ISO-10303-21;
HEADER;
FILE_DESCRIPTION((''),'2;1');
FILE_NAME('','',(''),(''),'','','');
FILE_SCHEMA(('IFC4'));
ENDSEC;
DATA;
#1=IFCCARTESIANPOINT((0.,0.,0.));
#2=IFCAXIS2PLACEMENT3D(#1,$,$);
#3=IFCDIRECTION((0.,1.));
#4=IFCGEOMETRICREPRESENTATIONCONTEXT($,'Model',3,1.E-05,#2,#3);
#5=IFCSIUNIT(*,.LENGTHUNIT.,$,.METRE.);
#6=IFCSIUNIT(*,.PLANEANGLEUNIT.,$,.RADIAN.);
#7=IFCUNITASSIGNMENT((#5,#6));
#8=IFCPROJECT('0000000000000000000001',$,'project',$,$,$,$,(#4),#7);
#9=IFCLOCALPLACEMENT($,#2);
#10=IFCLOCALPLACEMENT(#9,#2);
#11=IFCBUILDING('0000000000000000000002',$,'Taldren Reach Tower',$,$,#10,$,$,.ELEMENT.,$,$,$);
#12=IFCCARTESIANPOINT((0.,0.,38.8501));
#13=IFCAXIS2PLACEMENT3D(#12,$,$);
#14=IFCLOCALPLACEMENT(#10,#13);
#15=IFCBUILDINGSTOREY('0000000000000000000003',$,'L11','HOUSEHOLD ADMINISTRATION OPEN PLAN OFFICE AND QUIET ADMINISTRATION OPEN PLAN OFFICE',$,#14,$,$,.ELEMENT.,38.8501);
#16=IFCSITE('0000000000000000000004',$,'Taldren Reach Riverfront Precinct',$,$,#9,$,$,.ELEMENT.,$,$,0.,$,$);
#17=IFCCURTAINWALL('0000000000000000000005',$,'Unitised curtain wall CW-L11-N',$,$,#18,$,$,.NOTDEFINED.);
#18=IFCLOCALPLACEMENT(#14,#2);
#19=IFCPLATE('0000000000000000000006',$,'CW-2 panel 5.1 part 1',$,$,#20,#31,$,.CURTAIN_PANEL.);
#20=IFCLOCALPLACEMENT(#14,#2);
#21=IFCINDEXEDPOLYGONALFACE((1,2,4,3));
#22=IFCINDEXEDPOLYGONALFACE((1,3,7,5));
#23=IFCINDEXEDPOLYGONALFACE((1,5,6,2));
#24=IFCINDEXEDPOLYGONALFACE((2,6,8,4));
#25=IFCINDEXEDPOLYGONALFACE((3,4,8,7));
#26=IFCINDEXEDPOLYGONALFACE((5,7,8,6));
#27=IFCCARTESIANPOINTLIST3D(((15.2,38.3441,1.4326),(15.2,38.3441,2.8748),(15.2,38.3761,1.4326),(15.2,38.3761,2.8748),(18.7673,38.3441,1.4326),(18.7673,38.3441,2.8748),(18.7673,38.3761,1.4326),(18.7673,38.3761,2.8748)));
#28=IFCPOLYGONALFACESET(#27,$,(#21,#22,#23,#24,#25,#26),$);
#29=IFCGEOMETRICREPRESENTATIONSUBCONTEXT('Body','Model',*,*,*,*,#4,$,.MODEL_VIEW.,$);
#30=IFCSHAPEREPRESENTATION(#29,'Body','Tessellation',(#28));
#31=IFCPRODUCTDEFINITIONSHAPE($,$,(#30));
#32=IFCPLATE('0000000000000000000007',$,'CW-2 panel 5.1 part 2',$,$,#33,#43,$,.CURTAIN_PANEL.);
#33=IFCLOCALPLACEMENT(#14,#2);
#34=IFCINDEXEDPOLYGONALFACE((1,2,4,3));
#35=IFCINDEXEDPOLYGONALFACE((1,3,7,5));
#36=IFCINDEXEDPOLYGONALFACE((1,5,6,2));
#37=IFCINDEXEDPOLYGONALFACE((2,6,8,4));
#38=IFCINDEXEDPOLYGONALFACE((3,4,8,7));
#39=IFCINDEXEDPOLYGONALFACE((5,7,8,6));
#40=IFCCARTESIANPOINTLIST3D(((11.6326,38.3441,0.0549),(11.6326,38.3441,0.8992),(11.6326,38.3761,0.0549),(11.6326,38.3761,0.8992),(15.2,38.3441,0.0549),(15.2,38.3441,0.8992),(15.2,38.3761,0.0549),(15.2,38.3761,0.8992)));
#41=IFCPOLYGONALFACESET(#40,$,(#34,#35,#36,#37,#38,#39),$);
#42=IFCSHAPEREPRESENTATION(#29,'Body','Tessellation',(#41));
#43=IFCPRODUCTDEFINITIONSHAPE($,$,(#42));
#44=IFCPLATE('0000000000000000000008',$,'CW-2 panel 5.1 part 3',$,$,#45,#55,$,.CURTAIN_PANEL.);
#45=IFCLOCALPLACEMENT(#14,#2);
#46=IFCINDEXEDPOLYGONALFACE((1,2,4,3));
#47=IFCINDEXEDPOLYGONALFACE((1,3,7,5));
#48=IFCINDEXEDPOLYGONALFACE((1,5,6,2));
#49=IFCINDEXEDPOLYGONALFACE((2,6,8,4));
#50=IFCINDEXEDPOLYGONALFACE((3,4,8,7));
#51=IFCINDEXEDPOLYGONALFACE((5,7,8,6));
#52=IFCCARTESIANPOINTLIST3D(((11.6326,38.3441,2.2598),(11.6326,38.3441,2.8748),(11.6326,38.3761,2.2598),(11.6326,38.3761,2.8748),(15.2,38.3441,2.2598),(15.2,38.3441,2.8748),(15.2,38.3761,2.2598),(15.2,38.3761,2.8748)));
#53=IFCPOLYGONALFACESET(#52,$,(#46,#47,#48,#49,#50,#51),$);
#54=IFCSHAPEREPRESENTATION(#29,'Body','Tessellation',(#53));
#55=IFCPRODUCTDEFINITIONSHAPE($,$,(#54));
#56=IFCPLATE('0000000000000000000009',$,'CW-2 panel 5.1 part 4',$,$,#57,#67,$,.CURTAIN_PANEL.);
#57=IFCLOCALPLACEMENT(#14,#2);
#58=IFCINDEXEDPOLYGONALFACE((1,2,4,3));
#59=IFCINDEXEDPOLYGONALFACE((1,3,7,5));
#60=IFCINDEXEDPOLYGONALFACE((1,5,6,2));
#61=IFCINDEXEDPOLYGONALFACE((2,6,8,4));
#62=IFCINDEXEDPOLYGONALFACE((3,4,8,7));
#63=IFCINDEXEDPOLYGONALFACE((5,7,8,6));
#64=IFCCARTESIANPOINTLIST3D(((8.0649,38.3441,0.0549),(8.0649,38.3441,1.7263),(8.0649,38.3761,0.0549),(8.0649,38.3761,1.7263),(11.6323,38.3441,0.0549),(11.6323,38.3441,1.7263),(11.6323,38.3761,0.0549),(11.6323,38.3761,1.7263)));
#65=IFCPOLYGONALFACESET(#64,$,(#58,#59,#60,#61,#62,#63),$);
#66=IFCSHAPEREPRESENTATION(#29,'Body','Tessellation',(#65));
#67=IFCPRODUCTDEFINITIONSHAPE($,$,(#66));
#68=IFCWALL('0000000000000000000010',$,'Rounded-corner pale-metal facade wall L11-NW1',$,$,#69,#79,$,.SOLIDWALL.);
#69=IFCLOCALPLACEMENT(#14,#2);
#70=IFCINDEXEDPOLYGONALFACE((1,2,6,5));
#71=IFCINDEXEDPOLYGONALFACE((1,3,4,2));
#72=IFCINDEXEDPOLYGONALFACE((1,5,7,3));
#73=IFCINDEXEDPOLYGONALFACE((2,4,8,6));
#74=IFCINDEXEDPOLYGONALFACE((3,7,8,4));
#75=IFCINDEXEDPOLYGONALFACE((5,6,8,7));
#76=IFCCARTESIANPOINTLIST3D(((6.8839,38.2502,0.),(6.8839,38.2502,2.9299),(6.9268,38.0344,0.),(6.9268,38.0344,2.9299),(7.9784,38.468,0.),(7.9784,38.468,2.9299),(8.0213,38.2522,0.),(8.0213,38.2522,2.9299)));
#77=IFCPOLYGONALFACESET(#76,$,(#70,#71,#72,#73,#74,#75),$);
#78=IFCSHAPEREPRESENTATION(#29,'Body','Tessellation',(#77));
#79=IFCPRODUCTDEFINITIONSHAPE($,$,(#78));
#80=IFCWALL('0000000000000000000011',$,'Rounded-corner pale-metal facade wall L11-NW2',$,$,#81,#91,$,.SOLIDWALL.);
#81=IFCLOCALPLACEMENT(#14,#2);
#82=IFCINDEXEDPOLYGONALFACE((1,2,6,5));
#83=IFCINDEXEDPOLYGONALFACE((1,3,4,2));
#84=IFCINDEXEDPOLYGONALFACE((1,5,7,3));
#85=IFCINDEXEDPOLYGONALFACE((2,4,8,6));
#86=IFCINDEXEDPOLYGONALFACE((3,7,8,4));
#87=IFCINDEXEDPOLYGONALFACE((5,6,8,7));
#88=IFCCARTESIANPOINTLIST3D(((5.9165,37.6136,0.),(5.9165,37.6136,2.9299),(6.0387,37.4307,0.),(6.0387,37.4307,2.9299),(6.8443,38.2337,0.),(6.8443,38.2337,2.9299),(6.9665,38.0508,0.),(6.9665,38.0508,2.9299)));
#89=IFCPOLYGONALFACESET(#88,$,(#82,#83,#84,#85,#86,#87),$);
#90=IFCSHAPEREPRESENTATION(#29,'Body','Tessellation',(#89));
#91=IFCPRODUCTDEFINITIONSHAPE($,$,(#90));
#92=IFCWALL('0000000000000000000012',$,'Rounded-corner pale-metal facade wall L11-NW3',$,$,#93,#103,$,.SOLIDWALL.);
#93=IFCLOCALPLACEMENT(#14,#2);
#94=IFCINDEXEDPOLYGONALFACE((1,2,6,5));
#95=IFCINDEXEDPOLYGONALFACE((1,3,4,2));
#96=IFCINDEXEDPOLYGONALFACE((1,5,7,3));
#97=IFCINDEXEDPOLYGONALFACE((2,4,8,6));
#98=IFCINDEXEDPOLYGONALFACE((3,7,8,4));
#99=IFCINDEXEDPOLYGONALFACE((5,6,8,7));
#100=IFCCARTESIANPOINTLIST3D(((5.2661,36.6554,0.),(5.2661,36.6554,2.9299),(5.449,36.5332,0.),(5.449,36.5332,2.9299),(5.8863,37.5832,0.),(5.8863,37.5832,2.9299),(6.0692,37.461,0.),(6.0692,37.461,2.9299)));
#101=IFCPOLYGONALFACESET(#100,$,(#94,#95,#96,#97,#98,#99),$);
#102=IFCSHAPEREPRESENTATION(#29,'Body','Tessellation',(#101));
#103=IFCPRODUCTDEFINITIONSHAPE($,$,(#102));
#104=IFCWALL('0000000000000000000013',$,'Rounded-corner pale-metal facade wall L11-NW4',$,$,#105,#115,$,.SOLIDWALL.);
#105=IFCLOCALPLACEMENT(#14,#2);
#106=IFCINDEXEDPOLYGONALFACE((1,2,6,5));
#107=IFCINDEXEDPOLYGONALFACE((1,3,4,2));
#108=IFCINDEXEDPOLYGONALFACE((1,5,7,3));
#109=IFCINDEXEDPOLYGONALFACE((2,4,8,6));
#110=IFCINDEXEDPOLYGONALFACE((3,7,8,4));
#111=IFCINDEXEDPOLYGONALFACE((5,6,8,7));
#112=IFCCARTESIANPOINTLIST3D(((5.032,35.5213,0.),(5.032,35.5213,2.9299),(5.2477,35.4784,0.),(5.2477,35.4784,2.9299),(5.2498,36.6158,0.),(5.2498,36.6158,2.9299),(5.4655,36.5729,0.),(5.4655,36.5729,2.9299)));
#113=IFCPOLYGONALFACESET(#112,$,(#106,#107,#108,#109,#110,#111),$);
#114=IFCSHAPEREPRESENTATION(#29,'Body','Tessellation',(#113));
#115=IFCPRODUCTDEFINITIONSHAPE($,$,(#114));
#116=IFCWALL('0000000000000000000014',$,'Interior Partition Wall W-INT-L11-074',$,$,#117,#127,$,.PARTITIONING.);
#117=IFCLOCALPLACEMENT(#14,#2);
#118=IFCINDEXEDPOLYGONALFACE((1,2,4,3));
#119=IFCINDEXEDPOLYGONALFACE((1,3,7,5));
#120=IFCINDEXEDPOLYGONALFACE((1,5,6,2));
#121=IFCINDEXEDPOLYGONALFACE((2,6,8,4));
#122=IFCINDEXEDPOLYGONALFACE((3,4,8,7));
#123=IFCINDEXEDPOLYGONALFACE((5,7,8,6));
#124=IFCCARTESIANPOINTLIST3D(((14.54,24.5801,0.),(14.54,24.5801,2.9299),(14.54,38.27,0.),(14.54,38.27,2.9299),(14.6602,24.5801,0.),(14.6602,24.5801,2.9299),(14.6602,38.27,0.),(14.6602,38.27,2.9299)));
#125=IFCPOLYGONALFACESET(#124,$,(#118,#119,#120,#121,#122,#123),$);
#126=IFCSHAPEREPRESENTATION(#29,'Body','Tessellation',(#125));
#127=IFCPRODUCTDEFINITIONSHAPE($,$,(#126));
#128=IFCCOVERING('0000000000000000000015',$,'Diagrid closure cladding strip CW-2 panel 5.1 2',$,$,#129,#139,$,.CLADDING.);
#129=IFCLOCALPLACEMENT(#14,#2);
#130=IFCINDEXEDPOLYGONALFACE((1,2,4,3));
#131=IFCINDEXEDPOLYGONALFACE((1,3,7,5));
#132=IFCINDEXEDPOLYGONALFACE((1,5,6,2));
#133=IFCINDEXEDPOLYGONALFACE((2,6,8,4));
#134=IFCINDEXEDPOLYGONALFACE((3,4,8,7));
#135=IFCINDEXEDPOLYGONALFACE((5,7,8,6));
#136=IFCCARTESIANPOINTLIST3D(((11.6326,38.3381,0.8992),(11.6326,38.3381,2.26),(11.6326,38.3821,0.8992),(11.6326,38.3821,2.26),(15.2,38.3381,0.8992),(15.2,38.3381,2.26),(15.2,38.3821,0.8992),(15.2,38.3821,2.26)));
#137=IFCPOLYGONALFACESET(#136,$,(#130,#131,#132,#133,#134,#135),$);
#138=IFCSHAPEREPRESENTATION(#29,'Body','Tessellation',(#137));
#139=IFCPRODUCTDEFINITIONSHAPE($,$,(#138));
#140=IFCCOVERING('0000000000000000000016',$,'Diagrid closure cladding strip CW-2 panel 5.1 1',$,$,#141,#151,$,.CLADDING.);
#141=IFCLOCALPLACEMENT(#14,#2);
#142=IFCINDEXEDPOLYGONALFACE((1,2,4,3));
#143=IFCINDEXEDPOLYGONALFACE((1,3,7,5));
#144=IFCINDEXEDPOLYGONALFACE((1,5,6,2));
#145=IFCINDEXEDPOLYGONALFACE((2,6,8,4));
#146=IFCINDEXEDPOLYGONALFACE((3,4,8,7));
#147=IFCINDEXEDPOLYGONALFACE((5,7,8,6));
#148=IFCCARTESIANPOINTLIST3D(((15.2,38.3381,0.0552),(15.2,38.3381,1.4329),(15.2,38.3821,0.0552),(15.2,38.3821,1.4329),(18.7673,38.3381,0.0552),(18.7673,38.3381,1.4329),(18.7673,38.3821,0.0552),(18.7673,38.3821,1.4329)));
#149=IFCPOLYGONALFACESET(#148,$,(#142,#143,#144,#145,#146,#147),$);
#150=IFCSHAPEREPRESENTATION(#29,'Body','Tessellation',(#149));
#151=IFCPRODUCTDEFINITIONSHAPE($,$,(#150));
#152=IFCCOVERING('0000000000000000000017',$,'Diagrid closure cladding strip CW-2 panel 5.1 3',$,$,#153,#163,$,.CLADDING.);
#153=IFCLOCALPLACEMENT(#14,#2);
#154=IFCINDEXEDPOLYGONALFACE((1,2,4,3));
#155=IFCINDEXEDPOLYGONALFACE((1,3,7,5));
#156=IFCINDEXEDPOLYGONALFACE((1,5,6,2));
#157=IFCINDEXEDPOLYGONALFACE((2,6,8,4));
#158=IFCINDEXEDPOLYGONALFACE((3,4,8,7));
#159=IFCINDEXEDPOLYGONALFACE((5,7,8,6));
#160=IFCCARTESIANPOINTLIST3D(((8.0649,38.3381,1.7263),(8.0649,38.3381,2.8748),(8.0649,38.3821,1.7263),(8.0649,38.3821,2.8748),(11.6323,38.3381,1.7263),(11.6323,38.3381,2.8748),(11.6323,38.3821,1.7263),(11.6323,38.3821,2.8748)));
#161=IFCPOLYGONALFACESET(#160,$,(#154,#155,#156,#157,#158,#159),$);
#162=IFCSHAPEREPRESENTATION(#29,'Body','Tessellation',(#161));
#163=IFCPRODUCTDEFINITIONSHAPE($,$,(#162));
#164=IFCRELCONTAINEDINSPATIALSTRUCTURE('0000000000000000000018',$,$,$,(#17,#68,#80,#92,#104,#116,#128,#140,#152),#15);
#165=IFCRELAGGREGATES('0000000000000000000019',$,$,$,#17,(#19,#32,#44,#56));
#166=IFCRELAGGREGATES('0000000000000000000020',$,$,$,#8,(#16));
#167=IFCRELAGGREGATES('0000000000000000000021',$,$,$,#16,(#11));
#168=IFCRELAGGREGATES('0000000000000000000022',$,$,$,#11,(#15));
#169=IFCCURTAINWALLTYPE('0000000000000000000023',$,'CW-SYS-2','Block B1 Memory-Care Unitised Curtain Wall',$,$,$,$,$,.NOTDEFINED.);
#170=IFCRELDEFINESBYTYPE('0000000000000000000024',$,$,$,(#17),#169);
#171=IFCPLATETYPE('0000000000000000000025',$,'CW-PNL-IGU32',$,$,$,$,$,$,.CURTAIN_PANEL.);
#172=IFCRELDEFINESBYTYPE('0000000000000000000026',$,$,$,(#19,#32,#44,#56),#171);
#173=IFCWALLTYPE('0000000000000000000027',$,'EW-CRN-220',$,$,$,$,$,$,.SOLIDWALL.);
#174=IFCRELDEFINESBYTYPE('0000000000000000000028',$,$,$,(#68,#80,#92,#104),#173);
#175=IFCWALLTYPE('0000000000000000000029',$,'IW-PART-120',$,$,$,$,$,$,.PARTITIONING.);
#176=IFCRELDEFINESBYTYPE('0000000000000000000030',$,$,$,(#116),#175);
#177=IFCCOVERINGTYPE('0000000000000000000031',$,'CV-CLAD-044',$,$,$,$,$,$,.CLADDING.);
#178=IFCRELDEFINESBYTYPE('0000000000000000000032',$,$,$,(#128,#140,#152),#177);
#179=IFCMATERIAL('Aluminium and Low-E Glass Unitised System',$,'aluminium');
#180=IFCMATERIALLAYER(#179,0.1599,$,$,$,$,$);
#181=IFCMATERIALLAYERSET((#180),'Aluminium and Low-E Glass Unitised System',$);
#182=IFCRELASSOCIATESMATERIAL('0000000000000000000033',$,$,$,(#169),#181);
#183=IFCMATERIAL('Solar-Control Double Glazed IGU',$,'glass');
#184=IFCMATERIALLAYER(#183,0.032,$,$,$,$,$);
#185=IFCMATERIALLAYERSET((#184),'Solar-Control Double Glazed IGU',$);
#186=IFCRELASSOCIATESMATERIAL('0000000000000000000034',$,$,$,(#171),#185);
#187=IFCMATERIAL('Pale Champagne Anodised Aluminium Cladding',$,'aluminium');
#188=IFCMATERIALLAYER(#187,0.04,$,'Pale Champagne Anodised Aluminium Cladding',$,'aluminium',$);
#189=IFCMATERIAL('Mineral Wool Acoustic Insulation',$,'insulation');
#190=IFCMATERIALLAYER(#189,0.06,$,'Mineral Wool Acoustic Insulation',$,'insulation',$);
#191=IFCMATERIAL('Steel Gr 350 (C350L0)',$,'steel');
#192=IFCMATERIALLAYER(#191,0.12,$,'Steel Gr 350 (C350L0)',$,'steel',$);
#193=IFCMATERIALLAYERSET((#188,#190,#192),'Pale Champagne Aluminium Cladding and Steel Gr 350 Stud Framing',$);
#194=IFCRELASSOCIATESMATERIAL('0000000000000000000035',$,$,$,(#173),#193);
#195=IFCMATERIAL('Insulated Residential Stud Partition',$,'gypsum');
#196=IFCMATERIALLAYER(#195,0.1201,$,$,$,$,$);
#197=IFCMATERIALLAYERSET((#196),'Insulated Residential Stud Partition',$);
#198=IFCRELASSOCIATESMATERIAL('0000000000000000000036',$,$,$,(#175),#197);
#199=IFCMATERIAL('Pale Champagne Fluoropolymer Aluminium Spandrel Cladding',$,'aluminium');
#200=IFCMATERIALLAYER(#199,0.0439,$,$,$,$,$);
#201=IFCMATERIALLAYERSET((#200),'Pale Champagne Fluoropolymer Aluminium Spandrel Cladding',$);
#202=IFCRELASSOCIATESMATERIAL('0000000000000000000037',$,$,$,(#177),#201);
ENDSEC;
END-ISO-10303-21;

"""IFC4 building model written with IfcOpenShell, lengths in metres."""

from ifc_helpers import new_model, si_unit, direction, frame, frame_2d, origin, origin_2d, place, context, subcontext, project, spatial, rectangle, extrude, source, transform, mapped, material, layer, layer_set, type_object, element, aggregate, save


model = new_model("IFC4")

# Units and contexts
model_context = context("Model", 3, precision=1e-05, world=origin(), true_north=direction((0.0, 1.0)))
body_context = subcontext(model_context, "Body", "Model", "MODEL_VIEW")
ifc_project = project(units=[si_unit("LENGTHUNIT", "METRE"), si_unit("PLANEANGLEUNIT", "RADIAN")], contexts=[model_context])

# Site, building, storey
site_placement = place(None, origin())
site = spatial("IfcSite", under=ifc_project, at=site_placement, Name="Taldren Reach Riverfront Precinct", CompositionType="ELEMENT", RefElevation=0.0)
building_placement = place(site_placement, origin())
building = spatial("IfcBuilding", under=site, at=building_placement, Name="Taldren Reach Tower", CompositionType="ELEMENT")
storey_placement = place(building_placement, frame((0.0, 0.0, 38.8501)))
storey = spatial("IfcBuildingStorey", under=building, at=storey_placement, Name="L11", Description="HOUSEHOLD ADMINISTRATION OPEN PLAN OFFICE AND QUIET ADMINISTRATION OPEN PLAN OFFICE", CompositionType="ELEMENT", Elevation=38.8501)

# Shared definitions
ifc_material_1 = material(Name="Steel Gr 350 (C350L0)", Category="steel")

# Curtain wall
ifc_material_2 = material(Name="Aluminium and Low-E Glass Unitised System", Category="aluminium")
ifc_layer_1 = layer(ifc_material_2, 0.1599)
ifc_layer_set_1 = layer_set([ifc_layer_1], Name="Aluminium and Low-E Glass Unitised System")
curtain_wall_type = type_object("IfcCurtainWallType", Name="CW-SYS-2", Description="Block B1 Memory-Care Unitised Curtain Wall", PredefinedType="NOTDEFINED", material=ifc_layer_set_1)
curtain_wall_1_placement = place(storey_placement, origin())
curtain_wall_1 = element("IfcCurtainWall", 1, at=curtain_wall_1_placement, inside=storey, type_object=curtain_wall_type, Name="Unitised curtain wall CW-L11-N", PredefinedType="NOTDEFINED")

# Plates
ifc_material_3 = material(Name="Solar-Control Double Glazed IGU", Category="glass")
ifc_layer_2 = layer(ifc_material_3, 0.032)
ifc_layer_set_2 = layer_set([ifc_layer_2], Name="Solar-Control Double Glazed IGU")
plate_type_1 = type_object("IfcPlateType", Name="CW-PNL-IGU32", PredefinedType="CURTAIN_PANEL", material=ifc_layer_set_2)
shared_shape_1 = source(origin(), body_context, "Body", "SweptSolid", [
    extrude(rectangle(XDim=3.5674, YDim=0.032, at=origin_2d()), origin(), (0.0, 0.0, 1.0), 1.4421),
])
plate_1_placement = place(storey_placement, frame((16.9836, 38.3601, 1.4326), z_axis=(0.0, 0.0, 1.0), x_axis=(-1.0, 0.0, 0.0)))
plate_1 = element("IfcPlate", 2, at=plate_1_placement, type_object=plate_type_1, Name="CW-2 panel 5.1 part 1", PredefinedType="CURTAIN_PANEL", context=body_context, shape_type="MappedRepresentation", body=[
    mapped(shared_shape_1, transform((0.0, 0.0, 0.0), scale=1.0)),
])
shared_shape_2 = source(origin(), body_context, "Body", "SweptSolid", [
    extrude(rectangle(XDim=3.5674, YDim=0.032, at=origin_2d()), origin(), (0.0, 0.0, 1.0), 0.8442),
])
plate_2_placement = place(storey_placement, frame((13.4163, 38.3601, 0.0549), z_axis=(0.0, 0.0, 1.0), x_axis=(-1.0, 0.0, 0.0)))
plate_2 = element("IfcPlate", 3, at=plate_2_placement, type_object=plate_type_1, Name="CW-2 panel 5.1 part 2", PredefinedType="CURTAIN_PANEL", context=body_context, shape_type="MappedRepresentation", body=[
    mapped(shared_shape_2, transform((0.0, 0.0, 0.0), scale=1.0)),
])
shared_shape_3 = source(origin(), body_context, "Body", "SweptSolid", [
    extrude(rectangle(XDim=3.5674, YDim=0.032, at=origin_2d()), origin(), (0.0, 0.0, 1.0), 0.615),
])
plate_3_placement = place(storey_placement, frame((13.4163, 38.3601, 2.2598), z_axis=(0.0, 0.0, 1.0), x_axis=(-1.0, 0.0, 0.0)))
plate_3 = element("IfcPlate", 4, at=plate_3_placement, type_object=plate_type_1, Name="CW-2 panel 5.1 part 3", PredefinedType="CURTAIN_PANEL", context=body_context, shape_type="MappedRepresentation", body=[
    mapped(shared_shape_3, transform((0.0, 0.0, 0.0), scale=1.0)),
])
shared_shape_4 = source(origin(), body_context, "Body", "SweptSolid", [
    extrude(rectangle(XDim=3.5674, YDim=0.032, at=origin_2d()), origin(), (0.0, 0.0, 1.0), 1.6714),
])
plate_4_placement = place(storey_placement, frame((9.8486, 38.3601, 0.0549), z_axis=(0.0, 0.0, 1.0), x_axis=(-1.0, 0.0, 0.0)))
plate_4 = element("IfcPlate", 5, at=plate_4_placement, type_object=plate_type_1, Name="CW-2 panel 5.1 part 4", PredefinedType="CURTAIN_PANEL", context=body_context, shape_type="MappedRepresentation", body=[
    mapped(shared_shape_4, transform((0.0, 0.0, 0.0), scale=1.0)),
])
aggregate(curtain_wall_1, [plate_1, plate_2, plate_3, plate_4])

# Walls
ifc_material_4 = material(Name="Pale Champagne Anodised Aluminium Cladding", Category="aluminium")
ifc_layer_3 = layer(ifc_material_4, 0.04, Name="Pale Champagne Anodised Aluminium Cladding", Category="aluminium")
ifc_material_5 = material(Name="Mineral Wool Acoustic Insulation", Category="insulation")
ifc_layer_4 = layer(ifc_material_5, 0.06, Name="Mineral Wool Acoustic Insulation", Category="insulation")
ifc_layer_5 = layer(ifc_material_1, 0.12, Name="Steel Gr 350 (C350L0)", Category="steel")
ifc_layer_set_3 = layer_set([ifc_layer_3, ifc_layer_4, ifc_layer_5], Name="Pale Champagne Aluminium Cladding and Steel Gr 350 Stud Framing")
wall_type_1 = type_object("IfcWallType", Name="EW-CRN-220", PredefinedType="SOLIDWALL", material=ifc_layer_set_3)
shared_shape_5 = source(origin(), body_context, "Body", "SweptSolid", [
    extrude(rectangle(XDim=1.116, YDim=0.22, at=frame_2d((0.5581, 0.0))), origin(), (0.0, 0.0, 1.0), 2.9299),
])
for number, where, z_axis, x_axis, name in (
    (6, (8.0, 38.3601, 0.0), (0.0, 0.0, 1.0), (-0.980774, -0.195148, 0.0), "Rounded-corner pale-metal facade wall L11-NW1"),
    (7, (6.9055, 38.1423, 0.0), (0.0, 0.0, 1.0), (-0.831377, -0.55571, 0.0), "Rounded-corner pale-metal facade wall L11-NW2"),
    (8, (5.9778, 37.5222, 0.0), (0.0, 0.0, 1.0), (-0.55571, -0.831377, 0.0), "Rounded-corner pale-metal facade wall L11-NW3"),
    (9, (5.3577, 36.5945, 0.0), (0.0, 0.0, 1.0), (-0.195148, -0.980774, 0.0), "Rounded-corner pale-metal facade wall L11-NW4"),
):
    element("IfcWall", number, at=place(storey_placement, frame(where, z_axis=z_axis, x_axis=x_axis)), inside=storey, type_object=wall_type_1, Name=name, PredefinedType="SOLIDWALL", context=body_context, shape_type="MappedRepresentation", body=[
        mapped(shared_shape_5, transform((0.0, 0.0, 0.0), scale=1.0)),
    ])
ifc_material_6 = material(Name="Insulated Residential Stud Partition", Category="gypsum")
ifc_layer_6 = layer(ifc_material_6, 0.1201)
ifc_layer_set_4 = layer_set([ifc_layer_6], Name="Insulated Residential Stud Partition")
wall_type_2 = type_object("IfcWallType", Name="IW-PART-120", PredefinedType="PARTITIONING", material=ifc_layer_set_4)
shared_shape_6 = source(origin(), body_context, "Body", "SweptSolid", [
    extrude(rectangle(XDim=13.6899, YDim=0.1201, at=frame_2d((6.845, 0.0))), origin(), (0.0, 0.0, 1.0), 2.9299),
])
wall_placement = place(storey_placement, frame((14.6001, 38.27, 0.0), z_axis=(0.0, 0.0, 1.0), x_axis=(0.0, -1.0, 0.0)))
element("IfcWall", 10, at=wall_placement, inside=storey, type_object=wall_type_2, Name="Interior Partition Wall W-INT-L11-074", PredefinedType="PARTITIONING", context=body_context, shape_type="MappedRepresentation", body=[
    mapped(shared_shape_6, transform((0.0, 0.0, 0.0), scale=1.0)),
])

# Coverings
ifc_material_7 = material(Name="Pale Champagne Fluoropolymer Aluminium Spandrel Cladding", Category="aluminium")
ifc_layer_7 = layer(ifc_material_7, 0.0439)
ifc_layer_set_5 = layer_set([ifc_layer_7], Name="Pale Champagne Fluoropolymer Aluminium Spandrel Cladding")
covering_type = type_object("IfcCoveringType", Name="CV-CLAD-044", PredefinedType="CLADDING", material=ifc_layer_set_5)
shared_shape_7 = source(origin(), body_context, "Body", "SweptSolid", [
    extrude(rectangle(XDim=3.5674, YDim=0.0439, at=origin_2d()), origin(), (0.0, 0.0, 1.0), 1.3608),
])
covering_1_placement = place(storey_placement, frame((13.4163, 38.3601, 0.8992), z_axis=(0.0, 0.0, 1.0), x_axis=(-1.0, 0.0, 0.0)))
element("IfcCovering", 11, at=covering_1_placement, inside=storey, type_object=covering_type, Name="Diagrid closure cladding strip CW-2 panel 5.1 2", PredefinedType="CLADDING", context=body_context, shape_type="MappedRepresentation", body=[
    mapped(shared_shape_7, transform((0.0, 0.0, 0.0), scale=1.0)),
])
shared_shape_8 = source(origin(), body_context, "Body", "SweptSolid", [
    extrude(rectangle(XDim=3.5674, YDim=0.0439, at=origin_2d()), origin(), (0.0, 0.0, 1.0), 1.3777),
])
covering_2_placement = place(storey_placement, frame((16.9836, 38.3601, 0.0552), z_axis=(0.0, 0.0, 1.0), x_axis=(-1.0, 0.0, 0.0)))
element("IfcCovering", 12, at=covering_2_placement, inside=storey, type_object=covering_type, Name="Diagrid closure cladding strip CW-2 panel 5.1 1", PredefinedType="CLADDING", context=body_context, shape_type="MappedRepresentation", body=[
    mapped(shared_shape_8, transform((0.0, 0.0, 0.0), scale=1.0)),
])
shared_shape_9 = source(origin(), body_context, "Body", "SweptSolid", [
    extrude(rectangle(XDim=3.5674, YDim=0.0439, at=origin_2d()), origin(), (0.0, 0.0, 1.0), 1.1484),
])
covering_3_placement = place(storey_placement, frame((9.8486, 38.3601, 1.7263), z_axis=(0.0, 0.0, 1.0), x_axis=(-1.0, 0.0, 0.0)))
element("IfcCovering", 13, at=covering_3_placement, inside=storey, type_object=covering_type, Name="Diagrid closure cladding strip CW-2 panel 5.1 3", PredefinedType="CLADDING", context=body_context, shape_type="MappedRepresentation", body=[
    mapped(shared_shape_9, transform((0.0, 0.0, 0.0), scale=1.0)),
])

save(model, "model.ifc")
